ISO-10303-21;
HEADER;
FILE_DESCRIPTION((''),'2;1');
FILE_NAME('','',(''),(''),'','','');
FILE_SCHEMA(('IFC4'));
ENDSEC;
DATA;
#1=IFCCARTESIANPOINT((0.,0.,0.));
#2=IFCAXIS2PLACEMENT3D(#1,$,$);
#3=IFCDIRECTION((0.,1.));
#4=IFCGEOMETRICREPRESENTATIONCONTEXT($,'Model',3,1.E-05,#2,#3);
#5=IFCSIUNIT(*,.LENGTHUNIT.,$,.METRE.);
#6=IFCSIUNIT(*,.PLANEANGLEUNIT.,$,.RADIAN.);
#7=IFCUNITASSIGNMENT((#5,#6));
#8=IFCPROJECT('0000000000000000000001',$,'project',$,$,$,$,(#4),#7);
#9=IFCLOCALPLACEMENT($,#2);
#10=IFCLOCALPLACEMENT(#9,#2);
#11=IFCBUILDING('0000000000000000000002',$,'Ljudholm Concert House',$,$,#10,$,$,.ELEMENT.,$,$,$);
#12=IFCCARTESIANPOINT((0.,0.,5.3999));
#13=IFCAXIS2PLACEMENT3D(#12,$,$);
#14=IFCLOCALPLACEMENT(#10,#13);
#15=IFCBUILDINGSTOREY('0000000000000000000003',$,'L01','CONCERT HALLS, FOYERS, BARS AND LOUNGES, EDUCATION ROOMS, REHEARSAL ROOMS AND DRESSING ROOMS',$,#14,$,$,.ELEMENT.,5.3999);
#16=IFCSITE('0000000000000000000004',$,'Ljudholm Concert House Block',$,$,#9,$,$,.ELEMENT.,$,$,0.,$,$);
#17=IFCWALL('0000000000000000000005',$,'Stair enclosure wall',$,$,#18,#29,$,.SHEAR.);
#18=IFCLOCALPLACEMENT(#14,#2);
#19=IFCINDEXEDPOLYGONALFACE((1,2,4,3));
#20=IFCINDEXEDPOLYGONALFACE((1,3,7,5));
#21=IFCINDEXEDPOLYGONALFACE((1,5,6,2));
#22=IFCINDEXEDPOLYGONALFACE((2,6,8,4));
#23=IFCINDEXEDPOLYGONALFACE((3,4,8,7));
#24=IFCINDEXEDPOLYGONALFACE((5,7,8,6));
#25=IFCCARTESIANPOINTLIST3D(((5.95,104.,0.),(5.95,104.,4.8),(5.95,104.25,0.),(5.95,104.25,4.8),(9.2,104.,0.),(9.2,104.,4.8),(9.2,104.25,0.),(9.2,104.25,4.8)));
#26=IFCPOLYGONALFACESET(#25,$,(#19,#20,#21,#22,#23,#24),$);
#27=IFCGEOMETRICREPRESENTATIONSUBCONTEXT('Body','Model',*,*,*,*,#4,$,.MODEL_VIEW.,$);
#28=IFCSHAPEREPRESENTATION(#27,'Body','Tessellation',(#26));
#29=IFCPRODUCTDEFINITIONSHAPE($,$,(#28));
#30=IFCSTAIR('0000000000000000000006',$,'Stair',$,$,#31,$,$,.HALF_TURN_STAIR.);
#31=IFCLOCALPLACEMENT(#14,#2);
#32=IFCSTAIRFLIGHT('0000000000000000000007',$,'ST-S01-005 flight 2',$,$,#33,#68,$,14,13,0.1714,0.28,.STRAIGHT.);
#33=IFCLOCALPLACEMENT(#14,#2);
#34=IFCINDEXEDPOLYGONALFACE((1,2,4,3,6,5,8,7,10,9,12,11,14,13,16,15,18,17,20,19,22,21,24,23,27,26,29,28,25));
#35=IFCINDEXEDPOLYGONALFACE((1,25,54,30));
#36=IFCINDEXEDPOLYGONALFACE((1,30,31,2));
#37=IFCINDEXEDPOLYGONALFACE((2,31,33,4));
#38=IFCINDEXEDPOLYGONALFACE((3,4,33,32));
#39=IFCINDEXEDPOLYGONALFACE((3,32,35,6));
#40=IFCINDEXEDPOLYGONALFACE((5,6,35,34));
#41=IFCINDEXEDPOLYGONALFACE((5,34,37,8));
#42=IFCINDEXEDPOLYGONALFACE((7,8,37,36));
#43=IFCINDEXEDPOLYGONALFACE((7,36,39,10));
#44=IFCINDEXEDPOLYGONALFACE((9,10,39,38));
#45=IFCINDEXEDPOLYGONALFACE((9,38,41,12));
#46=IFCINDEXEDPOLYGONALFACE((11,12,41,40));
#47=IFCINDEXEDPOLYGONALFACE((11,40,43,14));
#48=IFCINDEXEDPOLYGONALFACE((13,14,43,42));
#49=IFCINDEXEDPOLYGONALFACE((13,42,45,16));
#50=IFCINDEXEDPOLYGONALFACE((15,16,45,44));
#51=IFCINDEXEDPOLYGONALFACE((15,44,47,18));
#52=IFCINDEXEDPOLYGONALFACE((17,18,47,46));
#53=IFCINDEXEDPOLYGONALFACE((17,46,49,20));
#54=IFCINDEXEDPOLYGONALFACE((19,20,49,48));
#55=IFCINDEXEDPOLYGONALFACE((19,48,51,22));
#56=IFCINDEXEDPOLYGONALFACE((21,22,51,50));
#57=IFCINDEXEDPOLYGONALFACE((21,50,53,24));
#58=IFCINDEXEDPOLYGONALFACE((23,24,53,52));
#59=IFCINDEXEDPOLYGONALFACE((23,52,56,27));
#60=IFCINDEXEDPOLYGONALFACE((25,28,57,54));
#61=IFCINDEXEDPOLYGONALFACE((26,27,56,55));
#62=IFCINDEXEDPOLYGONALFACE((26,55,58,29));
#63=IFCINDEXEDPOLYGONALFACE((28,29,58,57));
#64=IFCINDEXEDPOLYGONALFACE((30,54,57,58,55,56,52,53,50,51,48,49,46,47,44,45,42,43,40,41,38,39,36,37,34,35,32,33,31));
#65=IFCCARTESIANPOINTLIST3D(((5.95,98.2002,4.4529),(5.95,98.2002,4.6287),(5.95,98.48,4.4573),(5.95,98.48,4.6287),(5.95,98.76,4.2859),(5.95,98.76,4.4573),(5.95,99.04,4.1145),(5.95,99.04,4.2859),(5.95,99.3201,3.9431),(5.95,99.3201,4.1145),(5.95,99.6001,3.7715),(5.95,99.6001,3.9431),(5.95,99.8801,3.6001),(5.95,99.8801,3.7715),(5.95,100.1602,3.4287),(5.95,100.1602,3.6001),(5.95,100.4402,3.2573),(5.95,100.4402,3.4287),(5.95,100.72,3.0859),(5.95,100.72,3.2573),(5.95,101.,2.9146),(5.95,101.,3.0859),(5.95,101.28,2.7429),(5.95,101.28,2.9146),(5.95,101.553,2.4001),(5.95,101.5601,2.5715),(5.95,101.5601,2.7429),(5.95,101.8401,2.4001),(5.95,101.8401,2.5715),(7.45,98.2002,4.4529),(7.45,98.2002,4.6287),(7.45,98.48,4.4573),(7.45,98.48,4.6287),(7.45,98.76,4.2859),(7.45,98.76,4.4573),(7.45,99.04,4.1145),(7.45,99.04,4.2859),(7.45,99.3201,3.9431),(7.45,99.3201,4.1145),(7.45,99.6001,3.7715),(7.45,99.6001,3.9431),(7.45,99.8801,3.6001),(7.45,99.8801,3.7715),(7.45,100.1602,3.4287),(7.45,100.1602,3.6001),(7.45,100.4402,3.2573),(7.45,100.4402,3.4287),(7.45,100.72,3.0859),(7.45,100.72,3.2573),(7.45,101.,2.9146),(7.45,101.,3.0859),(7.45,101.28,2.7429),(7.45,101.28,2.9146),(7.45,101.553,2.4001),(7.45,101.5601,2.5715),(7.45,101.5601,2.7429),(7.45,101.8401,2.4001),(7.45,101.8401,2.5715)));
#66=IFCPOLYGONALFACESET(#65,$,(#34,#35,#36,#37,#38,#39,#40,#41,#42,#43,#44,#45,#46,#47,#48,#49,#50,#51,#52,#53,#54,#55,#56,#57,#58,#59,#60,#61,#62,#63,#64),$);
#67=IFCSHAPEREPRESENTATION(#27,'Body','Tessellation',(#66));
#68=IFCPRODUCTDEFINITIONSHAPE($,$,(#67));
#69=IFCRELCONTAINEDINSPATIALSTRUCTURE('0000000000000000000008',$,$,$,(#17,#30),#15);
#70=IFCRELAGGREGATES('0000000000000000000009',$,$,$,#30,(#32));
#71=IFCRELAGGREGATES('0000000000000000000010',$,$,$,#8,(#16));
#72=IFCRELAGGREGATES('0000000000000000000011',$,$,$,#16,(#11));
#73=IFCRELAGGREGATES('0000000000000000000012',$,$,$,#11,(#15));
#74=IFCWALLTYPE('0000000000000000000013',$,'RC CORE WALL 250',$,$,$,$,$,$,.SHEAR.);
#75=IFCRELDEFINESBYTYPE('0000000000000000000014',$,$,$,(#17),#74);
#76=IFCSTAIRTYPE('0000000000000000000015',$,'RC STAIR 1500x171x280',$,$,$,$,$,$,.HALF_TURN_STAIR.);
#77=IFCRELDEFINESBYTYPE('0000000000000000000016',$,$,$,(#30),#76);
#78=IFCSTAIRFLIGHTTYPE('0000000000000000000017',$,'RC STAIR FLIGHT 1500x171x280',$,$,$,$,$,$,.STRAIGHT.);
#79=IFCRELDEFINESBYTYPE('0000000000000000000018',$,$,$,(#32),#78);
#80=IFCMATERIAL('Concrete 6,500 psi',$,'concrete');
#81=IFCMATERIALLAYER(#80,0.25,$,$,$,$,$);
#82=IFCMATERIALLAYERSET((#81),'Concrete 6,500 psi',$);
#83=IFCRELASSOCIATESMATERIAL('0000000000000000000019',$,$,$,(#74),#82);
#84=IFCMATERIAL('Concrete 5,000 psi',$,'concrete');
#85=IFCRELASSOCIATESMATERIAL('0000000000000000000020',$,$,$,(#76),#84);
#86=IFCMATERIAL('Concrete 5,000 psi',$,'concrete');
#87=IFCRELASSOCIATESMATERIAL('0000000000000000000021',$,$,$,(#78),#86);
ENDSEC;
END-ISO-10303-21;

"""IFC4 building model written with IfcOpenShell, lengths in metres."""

from ifc_helpers import new_model, si_unit, direction, frame, frame_2d, origin, place, context, subcontext, project, spatial, polyline, rectangle, outline, extrude, material, layer, layer_set, type_object, element, aggregate, save


model = new_model("IFC4")

# Units and contexts
model_context = context("Model", 3, precision=1e-05, world=origin(), true_north=direction((0.0, 1.0)))
body_context = subcontext(model_context, "Body", "Model", "MODEL_VIEW")
ifc_project = project(units=[si_unit("LENGTHUNIT", "METRE"), si_unit("PLANEANGLEUNIT", "RADIAN")], contexts=[model_context])

# Site, building, storey
site_placement = place(None, origin())
site = spatial("IfcSite", under=ifc_project, at=site_placement, Name="Ljudholm Concert House Block", CompositionType="ELEMENT", RefElevation=0.0)
building_placement = place(site_placement, origin())
building = spatial("IfcBuilding", under=site, at=building_placement, Name="Ljudholm Concert House", CompositionType="ELEMENT")
storey_placement = place(building_placement, frame((0.0, 0.0, 5.3999)))
storey = spatial("IfcBuildingStorey", under=building, at=storey_placement, Name="L01", Description="CONCERT HALLS, FOYERS, BARS AND LOUNGES, EDUCATION ROOMS, REHEARSAL ROOMS AND DRESSING ROOMS", CompositionType="ELEMENT", Elevation=5.3999)

# Wall
ifc_material_1 = material(Name="Concrete 6,500 psi", Category="concrete")
ifc_layer_1 = layer(ifc_material_1, 0.25)
ifc_layer_set_1 = layer_set([ifc_layer_1], Name="Concrete 6,500 psi")
wall_type = type_object("IfcWallType", Name="RC CORE WALL 250", PredefinedType="SHEAR", material=ifc_layer_set_1)
wall_placement = place(storey_placement, frame((5.95, 104.125, 0.0), z_axis=(0.0, 0.0, 1.0), x_axis=(1.0, 0.0, 0.0)))
element("IfcWall", 1, at=wall_placement, inside=storey, type_object=wall_type, Name="Stair enclosure wall", PredefinedType="SHEAR", context=body_context, shape_type="SweptSolid", body=[
    extrude(rectangle(XDim=3.25, YDim=0.25, at=frame_2d((1.625, 0.0))), origin(), (0.0, 0.0, 1.0), 4.8),
])

# Stair, stair flight
ifc_material_2 = material(Name="Concrete 5,000 psi", Category="concrete")
stair_type = type_object("IfcStairType", Name="RC STAIR 1500x171x280", PredefinedType="HALF_TURN_STAIR", material=ifc_material_2)
stair_placement = place(storey_placement, origin())
stair = element("IfcStair", 2, at=stair_placement, inside=storey, type_object=stair_type, Name="Stair", PredefinedType="HALF_TURN_STAIR")
ifc_material_3 = material(Name="Concrete 5,000 psi", Category="concrete")
stair_flight_type = type_object("IfcStairFlightType", Name="RC STAIR FLIGHT 1500x171x280", PredefinedType="STRAIGHT", material=ifc_material_3)
stair_flight_placement = place(storey_placement, frame((6.7, 101.8401, 2.4001), z_axis=(0.0, 0.0, 1.0), x_axis=(0.0, -1.0, 0.0)))
stair_flight = element("IfcStairFlight", 3, at=stair_flight_placement, type_object=stair_flight_type, Name="ST-S01-005 flight 2", NumberOfRisers=14, NumberOfTreads=13, PredefinedType="STRAIGHT", RiserHeight=0.1714, TreadLength=0.28, context=body_context, shape_type="SweptSolid", body=[
    extrude(outline(polyline([(0.0, 0.0), (0.0, 0.1714), (0.28, 0.1714), (0.28, 0.3428), (0.5601, 0.3428), (0.5601, 0.5144), (0.8401, 0.5144), (0.8401, 0.6858), (1.1201, 0.6858), (1.1201, 0.8572), (1.3999, 0.8572), (1.3999, 1.0286), (1.6799, 1.0286), (1.6799, 1.2), (1.96, 1.2), (1.96, 1.3713), (2.24, 1.3713), (2.24, 1.543), (2.52, 1.543), (2.52, 1.7144), (2.8, 1.7144), (2.8, 1.8857), (3.0801, 1.8857), (3.0801, 2.0571), (3.3601, 2.0571), (3.3601, 2.2285), (3.6399, 2.2285), (3.6399, 2.3999), (3.6399, 2.0527), (0.2871, 0.0), (0.0, 0.0)])), frame((0.0, 0.75, 0.0), z_axis=(0.0, -1.0, 0.0), x_axis=(1.0, 0.0, 0.0)), (0.0, 0.0, 1.0), 1.5),
])
aggregate(stair, [stair_flight])

save(model, "model.ifc")
